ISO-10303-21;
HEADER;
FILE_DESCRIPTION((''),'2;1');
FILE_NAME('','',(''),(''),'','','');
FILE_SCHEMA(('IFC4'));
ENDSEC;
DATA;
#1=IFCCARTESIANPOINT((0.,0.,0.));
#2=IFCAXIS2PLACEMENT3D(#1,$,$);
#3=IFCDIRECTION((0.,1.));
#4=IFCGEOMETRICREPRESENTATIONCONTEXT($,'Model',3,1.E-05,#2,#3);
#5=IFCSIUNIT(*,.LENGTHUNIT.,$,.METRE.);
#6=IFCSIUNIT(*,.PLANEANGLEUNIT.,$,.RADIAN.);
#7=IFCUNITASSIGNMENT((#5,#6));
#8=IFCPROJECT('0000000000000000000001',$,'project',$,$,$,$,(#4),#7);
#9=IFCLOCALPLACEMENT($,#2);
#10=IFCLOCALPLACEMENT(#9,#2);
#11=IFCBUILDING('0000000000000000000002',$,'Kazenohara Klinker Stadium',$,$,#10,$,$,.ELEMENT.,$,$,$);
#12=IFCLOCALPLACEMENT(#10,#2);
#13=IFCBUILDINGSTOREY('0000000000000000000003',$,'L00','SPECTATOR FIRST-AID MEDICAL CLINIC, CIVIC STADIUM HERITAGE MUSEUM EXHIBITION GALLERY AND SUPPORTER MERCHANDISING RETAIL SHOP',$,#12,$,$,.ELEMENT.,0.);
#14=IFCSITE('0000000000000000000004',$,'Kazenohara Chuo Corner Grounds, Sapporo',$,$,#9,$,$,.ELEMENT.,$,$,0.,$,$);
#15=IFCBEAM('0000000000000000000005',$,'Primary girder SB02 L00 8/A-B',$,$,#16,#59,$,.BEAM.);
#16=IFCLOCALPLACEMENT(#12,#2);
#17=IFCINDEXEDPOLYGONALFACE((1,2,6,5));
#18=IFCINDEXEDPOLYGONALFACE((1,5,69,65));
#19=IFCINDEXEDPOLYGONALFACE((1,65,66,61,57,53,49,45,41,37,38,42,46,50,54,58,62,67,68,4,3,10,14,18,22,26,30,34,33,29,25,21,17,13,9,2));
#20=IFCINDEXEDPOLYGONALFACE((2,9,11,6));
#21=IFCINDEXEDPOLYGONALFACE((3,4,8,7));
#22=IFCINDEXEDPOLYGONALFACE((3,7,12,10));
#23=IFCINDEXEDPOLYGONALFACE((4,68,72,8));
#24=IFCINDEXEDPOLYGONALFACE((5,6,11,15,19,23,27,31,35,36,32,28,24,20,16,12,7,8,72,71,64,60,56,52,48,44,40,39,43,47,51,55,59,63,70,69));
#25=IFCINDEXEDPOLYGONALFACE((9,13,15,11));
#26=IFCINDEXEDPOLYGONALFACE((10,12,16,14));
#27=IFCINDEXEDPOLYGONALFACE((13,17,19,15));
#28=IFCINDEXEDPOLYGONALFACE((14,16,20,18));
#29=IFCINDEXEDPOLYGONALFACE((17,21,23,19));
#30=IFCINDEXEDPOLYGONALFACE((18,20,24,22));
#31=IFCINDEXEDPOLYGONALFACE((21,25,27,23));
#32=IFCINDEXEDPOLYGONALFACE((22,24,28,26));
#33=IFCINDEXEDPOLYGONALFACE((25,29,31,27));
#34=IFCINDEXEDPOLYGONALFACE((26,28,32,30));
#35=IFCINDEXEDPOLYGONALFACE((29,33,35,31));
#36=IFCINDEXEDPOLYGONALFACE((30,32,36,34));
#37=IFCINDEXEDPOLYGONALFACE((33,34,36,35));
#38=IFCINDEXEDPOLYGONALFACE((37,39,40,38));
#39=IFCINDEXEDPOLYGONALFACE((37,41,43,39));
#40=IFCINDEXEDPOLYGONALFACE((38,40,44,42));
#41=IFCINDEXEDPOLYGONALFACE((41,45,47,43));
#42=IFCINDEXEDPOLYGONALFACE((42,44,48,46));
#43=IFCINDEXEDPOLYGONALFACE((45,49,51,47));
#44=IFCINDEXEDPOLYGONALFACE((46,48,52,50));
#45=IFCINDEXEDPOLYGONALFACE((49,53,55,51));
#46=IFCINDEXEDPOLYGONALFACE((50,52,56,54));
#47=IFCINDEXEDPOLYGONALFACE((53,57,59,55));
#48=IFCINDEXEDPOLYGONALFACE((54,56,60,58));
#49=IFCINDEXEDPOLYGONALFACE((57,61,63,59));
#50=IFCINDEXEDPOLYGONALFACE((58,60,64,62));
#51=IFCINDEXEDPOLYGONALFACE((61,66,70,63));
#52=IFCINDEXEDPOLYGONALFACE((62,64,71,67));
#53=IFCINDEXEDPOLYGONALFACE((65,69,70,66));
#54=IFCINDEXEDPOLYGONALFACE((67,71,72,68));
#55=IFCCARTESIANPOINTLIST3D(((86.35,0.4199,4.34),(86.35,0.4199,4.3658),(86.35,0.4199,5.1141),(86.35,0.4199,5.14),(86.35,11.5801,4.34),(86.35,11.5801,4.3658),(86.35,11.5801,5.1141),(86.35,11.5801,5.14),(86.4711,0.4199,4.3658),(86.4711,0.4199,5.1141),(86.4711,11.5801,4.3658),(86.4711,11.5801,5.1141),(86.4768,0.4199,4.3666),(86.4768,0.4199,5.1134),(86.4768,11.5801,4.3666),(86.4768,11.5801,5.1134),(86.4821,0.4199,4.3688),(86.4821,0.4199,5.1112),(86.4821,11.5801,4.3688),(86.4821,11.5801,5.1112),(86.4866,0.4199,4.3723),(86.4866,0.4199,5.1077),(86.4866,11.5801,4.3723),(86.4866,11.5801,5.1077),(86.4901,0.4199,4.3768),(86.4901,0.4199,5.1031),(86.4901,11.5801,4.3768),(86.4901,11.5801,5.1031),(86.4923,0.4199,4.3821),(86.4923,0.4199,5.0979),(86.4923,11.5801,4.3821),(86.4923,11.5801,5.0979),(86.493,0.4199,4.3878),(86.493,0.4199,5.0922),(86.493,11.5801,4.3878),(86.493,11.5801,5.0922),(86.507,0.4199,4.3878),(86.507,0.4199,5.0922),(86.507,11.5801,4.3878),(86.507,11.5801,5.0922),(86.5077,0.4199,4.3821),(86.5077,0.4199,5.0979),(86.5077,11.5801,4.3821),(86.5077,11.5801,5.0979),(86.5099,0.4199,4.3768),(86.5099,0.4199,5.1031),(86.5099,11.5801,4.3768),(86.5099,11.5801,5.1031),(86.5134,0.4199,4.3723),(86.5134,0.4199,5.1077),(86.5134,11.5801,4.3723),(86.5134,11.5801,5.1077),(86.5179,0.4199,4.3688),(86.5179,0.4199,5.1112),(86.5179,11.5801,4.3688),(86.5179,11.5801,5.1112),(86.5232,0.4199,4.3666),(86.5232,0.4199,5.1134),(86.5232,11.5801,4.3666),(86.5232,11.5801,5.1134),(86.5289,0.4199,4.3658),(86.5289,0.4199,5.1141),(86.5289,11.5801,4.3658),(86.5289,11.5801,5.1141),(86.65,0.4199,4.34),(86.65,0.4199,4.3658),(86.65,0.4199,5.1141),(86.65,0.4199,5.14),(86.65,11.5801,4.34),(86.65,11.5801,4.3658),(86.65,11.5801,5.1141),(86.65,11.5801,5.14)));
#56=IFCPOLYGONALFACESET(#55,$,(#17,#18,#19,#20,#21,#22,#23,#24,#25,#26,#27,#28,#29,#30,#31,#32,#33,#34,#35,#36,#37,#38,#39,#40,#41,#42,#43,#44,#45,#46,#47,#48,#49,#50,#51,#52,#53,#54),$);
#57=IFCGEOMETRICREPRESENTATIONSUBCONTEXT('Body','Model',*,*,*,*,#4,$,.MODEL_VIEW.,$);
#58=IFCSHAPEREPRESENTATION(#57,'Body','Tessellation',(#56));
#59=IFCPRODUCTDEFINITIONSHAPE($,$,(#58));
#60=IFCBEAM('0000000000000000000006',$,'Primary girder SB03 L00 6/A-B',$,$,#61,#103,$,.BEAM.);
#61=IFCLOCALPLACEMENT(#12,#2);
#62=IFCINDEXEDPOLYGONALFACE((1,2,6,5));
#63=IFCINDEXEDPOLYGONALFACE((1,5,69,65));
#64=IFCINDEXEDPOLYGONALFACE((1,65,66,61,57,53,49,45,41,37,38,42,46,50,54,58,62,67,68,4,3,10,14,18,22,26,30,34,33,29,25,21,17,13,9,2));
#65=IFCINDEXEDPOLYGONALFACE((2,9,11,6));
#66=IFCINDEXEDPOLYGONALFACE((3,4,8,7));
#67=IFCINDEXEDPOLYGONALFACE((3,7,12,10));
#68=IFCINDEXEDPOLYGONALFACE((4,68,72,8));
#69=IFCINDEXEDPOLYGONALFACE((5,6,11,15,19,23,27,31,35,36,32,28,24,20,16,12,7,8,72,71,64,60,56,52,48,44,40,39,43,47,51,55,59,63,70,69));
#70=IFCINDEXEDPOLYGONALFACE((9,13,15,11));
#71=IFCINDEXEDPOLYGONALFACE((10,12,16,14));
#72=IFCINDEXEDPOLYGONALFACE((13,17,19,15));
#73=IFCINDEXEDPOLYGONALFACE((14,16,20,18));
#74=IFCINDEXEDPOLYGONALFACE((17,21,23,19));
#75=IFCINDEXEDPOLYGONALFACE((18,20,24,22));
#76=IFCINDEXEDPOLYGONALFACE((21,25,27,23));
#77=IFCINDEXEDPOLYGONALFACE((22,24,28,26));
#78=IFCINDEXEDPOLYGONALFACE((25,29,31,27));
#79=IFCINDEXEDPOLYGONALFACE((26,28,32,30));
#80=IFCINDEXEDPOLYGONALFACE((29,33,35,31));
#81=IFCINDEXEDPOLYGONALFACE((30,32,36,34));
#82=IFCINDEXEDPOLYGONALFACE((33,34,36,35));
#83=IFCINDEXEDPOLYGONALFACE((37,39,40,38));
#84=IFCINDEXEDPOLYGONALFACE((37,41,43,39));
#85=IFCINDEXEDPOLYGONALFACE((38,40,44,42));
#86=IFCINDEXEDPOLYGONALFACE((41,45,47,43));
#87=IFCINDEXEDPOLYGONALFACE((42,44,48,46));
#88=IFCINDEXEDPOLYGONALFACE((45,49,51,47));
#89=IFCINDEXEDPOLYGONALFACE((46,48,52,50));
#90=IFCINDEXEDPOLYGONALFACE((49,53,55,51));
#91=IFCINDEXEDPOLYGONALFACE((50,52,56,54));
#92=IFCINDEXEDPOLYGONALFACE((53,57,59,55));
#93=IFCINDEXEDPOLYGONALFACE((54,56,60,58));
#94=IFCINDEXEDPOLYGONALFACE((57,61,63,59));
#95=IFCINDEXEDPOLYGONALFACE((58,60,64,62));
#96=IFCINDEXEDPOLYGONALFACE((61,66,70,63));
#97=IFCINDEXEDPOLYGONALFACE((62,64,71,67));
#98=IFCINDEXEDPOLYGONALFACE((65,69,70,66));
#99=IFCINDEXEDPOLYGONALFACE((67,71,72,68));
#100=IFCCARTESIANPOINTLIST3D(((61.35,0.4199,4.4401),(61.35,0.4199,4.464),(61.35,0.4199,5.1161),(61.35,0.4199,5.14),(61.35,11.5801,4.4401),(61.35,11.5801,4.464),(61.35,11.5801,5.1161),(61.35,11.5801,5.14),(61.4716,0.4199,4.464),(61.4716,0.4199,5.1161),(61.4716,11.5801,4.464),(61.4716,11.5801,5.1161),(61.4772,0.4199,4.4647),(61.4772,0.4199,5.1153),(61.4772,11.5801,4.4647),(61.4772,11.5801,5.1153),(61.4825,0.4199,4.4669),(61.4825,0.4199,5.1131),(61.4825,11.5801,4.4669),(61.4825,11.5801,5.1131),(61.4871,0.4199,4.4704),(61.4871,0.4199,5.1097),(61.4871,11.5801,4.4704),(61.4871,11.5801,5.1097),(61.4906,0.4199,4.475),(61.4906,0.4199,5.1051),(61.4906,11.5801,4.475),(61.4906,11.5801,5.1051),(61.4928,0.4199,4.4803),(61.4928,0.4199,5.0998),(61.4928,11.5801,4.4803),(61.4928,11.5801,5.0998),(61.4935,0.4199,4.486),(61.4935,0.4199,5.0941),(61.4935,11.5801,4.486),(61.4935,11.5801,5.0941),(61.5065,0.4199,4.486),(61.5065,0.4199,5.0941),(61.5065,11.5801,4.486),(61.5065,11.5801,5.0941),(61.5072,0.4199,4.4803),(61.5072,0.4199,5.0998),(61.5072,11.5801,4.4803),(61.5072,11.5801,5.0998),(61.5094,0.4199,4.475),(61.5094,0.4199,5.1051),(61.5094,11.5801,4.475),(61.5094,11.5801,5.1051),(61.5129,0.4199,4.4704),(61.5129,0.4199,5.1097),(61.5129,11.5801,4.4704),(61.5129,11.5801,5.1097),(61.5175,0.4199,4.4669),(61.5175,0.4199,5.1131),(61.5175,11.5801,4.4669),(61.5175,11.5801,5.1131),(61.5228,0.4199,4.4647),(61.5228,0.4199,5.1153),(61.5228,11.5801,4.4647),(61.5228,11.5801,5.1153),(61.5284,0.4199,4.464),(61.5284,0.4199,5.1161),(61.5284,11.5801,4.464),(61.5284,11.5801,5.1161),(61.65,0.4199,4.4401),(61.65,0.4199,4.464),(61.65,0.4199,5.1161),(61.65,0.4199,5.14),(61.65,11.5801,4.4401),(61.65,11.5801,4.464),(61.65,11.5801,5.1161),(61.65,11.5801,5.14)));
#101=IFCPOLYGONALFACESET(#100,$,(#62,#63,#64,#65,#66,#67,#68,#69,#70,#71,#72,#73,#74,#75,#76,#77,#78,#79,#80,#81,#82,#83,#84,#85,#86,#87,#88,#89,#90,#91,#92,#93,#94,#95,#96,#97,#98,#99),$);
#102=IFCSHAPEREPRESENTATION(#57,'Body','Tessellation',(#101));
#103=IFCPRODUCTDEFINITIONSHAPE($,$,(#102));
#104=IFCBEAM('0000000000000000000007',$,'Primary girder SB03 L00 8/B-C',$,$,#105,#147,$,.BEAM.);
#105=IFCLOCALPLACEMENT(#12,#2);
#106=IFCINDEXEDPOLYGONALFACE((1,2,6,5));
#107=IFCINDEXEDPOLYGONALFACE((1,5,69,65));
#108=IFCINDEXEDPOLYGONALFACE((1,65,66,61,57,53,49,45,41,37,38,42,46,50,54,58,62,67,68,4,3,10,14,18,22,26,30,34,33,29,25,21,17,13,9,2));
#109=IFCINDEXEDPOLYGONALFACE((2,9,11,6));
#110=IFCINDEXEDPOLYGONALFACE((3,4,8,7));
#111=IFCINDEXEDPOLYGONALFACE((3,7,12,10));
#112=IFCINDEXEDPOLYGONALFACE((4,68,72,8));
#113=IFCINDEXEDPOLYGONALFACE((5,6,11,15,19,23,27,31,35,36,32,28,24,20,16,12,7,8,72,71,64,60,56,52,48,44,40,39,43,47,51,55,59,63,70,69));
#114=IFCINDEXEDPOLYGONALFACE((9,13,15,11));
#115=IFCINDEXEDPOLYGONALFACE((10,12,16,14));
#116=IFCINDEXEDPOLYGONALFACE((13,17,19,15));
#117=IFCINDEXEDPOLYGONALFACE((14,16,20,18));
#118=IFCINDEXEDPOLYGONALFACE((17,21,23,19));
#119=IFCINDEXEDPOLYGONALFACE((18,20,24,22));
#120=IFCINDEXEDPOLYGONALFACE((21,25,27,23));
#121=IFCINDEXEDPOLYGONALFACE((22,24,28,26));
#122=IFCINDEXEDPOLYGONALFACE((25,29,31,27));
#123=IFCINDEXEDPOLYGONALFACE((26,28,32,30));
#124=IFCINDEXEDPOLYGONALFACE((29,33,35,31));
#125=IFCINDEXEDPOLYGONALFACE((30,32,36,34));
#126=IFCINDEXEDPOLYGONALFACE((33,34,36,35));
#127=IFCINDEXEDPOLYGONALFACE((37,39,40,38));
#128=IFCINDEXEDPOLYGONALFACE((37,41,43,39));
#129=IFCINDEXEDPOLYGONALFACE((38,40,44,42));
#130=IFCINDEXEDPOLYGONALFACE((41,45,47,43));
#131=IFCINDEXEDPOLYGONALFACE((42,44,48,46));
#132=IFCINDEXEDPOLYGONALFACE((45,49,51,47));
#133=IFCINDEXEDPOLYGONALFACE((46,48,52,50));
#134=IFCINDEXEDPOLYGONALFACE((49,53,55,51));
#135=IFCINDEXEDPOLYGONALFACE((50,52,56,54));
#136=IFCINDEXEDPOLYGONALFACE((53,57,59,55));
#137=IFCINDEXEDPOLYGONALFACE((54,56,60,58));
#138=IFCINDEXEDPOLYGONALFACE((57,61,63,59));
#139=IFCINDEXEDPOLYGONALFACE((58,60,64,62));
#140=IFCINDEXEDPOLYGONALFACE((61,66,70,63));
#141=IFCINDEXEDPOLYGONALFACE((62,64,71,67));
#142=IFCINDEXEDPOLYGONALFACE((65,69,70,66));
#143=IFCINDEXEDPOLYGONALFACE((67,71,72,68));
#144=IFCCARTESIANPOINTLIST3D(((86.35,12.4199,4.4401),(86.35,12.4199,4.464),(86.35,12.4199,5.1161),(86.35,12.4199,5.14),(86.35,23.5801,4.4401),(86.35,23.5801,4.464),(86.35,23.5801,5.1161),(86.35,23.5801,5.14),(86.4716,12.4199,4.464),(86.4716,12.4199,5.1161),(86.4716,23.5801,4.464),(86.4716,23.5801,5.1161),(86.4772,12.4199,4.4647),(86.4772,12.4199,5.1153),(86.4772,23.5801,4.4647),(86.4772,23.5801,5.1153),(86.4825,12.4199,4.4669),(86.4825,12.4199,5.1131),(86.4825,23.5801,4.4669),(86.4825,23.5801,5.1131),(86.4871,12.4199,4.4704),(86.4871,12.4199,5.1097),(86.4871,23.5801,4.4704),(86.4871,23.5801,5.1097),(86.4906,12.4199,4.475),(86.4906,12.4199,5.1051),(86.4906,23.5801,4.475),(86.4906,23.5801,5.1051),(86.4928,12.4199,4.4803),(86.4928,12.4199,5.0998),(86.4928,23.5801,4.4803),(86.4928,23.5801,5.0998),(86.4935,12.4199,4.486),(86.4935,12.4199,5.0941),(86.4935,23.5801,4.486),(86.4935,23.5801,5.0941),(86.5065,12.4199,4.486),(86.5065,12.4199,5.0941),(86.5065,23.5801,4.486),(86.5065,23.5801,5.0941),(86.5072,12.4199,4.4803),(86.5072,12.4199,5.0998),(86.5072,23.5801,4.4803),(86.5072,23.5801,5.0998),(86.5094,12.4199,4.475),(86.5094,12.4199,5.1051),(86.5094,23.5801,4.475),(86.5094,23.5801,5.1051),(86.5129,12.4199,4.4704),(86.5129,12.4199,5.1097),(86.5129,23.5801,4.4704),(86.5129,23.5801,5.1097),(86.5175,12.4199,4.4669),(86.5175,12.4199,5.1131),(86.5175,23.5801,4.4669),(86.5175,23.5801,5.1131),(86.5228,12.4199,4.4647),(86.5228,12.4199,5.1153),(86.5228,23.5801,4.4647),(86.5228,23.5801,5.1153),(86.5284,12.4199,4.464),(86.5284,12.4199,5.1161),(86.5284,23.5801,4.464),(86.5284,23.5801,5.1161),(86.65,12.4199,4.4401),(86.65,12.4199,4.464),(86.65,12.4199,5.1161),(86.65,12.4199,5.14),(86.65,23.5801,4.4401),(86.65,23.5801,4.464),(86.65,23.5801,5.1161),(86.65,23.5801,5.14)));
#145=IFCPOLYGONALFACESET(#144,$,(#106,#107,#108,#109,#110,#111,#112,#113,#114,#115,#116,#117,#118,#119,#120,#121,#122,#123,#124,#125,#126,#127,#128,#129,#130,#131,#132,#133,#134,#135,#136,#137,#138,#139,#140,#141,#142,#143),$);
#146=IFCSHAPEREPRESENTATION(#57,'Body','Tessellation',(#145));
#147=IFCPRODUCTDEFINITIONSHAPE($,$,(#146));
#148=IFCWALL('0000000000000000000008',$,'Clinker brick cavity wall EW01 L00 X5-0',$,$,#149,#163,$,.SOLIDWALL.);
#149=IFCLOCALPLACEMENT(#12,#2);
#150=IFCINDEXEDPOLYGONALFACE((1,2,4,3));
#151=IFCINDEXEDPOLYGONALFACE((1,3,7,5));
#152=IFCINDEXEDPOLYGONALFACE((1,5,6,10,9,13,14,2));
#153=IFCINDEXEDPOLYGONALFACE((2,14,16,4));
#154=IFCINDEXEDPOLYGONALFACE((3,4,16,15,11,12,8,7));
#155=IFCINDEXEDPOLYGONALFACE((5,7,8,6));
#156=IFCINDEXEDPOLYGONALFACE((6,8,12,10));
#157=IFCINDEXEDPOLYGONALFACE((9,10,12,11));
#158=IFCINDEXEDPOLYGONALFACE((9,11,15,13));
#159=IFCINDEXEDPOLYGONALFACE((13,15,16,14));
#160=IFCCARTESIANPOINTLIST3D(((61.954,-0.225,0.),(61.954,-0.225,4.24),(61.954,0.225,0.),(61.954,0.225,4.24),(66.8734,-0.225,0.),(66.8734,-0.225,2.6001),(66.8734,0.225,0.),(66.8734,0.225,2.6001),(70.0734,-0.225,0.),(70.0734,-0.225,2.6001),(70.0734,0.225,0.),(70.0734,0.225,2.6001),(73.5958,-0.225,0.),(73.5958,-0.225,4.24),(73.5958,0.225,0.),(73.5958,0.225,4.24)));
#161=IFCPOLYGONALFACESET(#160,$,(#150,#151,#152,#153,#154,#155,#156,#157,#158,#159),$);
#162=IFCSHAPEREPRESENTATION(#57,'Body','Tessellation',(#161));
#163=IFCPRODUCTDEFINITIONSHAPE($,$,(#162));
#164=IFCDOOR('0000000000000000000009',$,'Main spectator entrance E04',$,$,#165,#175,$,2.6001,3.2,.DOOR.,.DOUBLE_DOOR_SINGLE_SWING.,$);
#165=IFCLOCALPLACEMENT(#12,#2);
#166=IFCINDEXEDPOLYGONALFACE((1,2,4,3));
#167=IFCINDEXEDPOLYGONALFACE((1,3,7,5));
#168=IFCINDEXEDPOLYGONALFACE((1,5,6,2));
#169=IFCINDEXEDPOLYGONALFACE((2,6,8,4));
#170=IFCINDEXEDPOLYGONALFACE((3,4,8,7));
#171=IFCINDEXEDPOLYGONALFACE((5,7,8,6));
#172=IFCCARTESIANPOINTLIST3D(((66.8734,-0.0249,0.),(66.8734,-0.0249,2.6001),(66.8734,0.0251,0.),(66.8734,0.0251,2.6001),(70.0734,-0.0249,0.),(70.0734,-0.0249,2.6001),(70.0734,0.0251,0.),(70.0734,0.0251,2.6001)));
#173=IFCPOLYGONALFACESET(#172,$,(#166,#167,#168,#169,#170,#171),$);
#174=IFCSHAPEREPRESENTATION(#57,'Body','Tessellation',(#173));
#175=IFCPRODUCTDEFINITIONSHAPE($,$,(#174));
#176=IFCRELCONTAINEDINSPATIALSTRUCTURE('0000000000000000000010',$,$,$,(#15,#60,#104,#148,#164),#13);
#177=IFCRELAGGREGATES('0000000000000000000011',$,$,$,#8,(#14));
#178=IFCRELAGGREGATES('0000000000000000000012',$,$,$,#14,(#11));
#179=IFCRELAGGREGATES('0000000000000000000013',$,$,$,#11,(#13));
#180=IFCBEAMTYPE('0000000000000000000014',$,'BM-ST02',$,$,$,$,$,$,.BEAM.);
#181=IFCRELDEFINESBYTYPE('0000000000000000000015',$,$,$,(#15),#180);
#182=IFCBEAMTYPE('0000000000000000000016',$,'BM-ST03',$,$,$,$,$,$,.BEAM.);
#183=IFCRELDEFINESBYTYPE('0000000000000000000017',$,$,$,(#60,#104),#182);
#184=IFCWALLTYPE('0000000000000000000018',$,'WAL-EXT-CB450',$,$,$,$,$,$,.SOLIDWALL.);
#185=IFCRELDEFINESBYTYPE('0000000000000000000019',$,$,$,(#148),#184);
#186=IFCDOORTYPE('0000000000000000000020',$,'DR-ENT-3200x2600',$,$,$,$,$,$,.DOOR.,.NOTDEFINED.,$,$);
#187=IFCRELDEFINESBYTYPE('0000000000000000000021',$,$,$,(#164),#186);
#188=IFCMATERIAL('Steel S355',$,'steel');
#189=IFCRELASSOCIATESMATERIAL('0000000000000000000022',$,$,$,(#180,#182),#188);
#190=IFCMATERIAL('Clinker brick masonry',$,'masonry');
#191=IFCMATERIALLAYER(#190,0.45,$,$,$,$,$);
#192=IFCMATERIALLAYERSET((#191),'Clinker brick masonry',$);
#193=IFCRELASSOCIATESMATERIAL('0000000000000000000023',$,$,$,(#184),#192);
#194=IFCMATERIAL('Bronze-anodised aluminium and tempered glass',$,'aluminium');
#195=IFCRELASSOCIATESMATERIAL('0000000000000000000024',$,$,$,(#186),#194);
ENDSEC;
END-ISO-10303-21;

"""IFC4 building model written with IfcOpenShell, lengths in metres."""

from ifc_helpers import new_model, si_unit, direction, frame, frame_2d, origin, origin_2d, place, context, subcontext, project, spatial, rectangle, i_section, extrude, material, layer, layer_set, material_profile, profile_set, type_object, element, fill, save


model = new_model("IFC4")

# Units and contexts
model_context = context("Model", 3, precision=1e-05, world=origin(), true_north=direction((0.0, 1.0)))
body_context = subcontext(model_context, "Body", "Model", "MODEL_VIEW")
ifc_project = project(units=[si_unit("LENGTHUNIT", "METRE"), si_unit("PLANEANGLEUNIT", "RADIAN")], contexts=[model_context])

# Site, building, storey
site_placement = place(None, origin())
site = spatial("IfcSite", under=ifc_project, at=site_placement, Name="Kazenohara Chuo Corner Grounds, Sapporo", CompositionType="ELEMENT", RefElevation=0.0)
building_placement = place(site_placement, origin())
building = spatial("IfcBuilding", under=site, at=building_placement, Name="Kazenohara Klinker Stadium", CompositionType="ELEMENT")
storey_placement = place(building_placement, origin())
storey = spatial("IfcBuildingStorey", under=building, at=storey_placement, Name="L00", Description="SPECTATOR FIRST-AID MEDICAL CLINIC, CIVIC STADIUM HERITAGE MUSEUM EXHIBITION GALLERY AND SUPPORTER MERCHANDISING RETAIL SHOP", CompositionType="ELEMENT", Elevation=0.0)

# Beams
ifc_material_1 = material(Name="Steel S355", Category="steel")
ifc_material_profile_1 = material_profile(ifc_material_1, i_section(OverallWidth=0.3, OverallDepth=0.8, WebThickness=0.0139, FlangeThickness=0.0259, FilletRadius=0.022, at=origin_2d()), Name="H-800x300x14x26")
ifc_profile_set_1 = profile_set([ifc_material_profile_1], Name="Steel S355")
beam_type_1 = type_object("IfcBeamType", Name="BM-ST02", PredefinedType="BEAM", material=ifc_profile_set_1)
for number, where, z_axis, x_axis, name in (
    (1, (86.5, 0.4199, 4.74), (0.0, 1.0, 0.0), (-1.0, 0.0, 0.0), "Primary girder SB02 L00 8/A-B"),
):
    element("IfcBeam", number, at=place(storey_placement, frame(where, z_axis=z_axis, x_axis=x_axis)), inside=storey, type_object=beam_type_1, Name=name, PredefinedType="BEAM", context=body_context, shape_type="SweptSolid", body=[
        extrude(i_section(OverallWidth=0.3, OverallDepth=0.8, WebThickness=0.0139, FlangeThickness=0.0259, FilletRadius=0.022, at=origin_2d()), origin(), (0.0, 0.0, 1.0), 11.1602),
    ])
ifc_material_profile_2 = material_profile(ifc_material_1, i_section(OverallWidth=0.3, OverallDepth=0.7, WebThickness=0.0129, FlangeThickness=0.0239, FilletRadius=0.022, at=origin_2d()), Name="H-700x300x13x24")
ifc_profile_set_2 = profile_set([ifc_material_profile_2], Name="Steel S355")
beam_type_2 = type_object("IfcBeamType", Name="BM-ST03", PredefinedType="BEAM", material=ifc_profile_set_2)
for number, where, z_axis, x_axis, name in (
    (2, (61.5, 0.4199, 4.79), (0.0, 1.0, 0.0), (-1.0, 0.0, 0.0), "Primary girder SB03 L00 6/A-B"),
    (3, (86.5, 12.4199, 4.79), (0.0, 1.0, 0.0), (-1.0, 0.0, 0.0), "Primary girder SB03 L00 8/B-C"),
):
    element("IfcBeam", number, at=place(storey_placement, frame(where, z_axis=z_axis, x_axis=x_axis)), inside=storey, type_object=beam_type_2, Name=name, PredefinedType="BEAM", context=body_context, shape_type="SweptSolid", body=[
        extrude(i_section(OverallWidth=0.3, OverallDepth=0.7, WebThickness=0.0129, FlangeThickness=0.0239, FilletRadius=0.022, at=origin_2d()), origin(), (0.0, 0.0, 1.0), 11.1602),
    ])

# Wall, opening, door
ifc_material_2 = material(Name="Clinker brick masonry", Category="masonry")
ifc_layer_1 = layer(ifc_material_2, 0.45)
ifc_layer_set_1 = layer_set([ifc_layer_1], Name="Clinker brick masonry")
wall_type_1 = type_object("IfcWallType", Name="WAL-EXT-CB450", PredefinedType="SOLIDWALL", material=ifc_layer_set_1)
wall_1_placement = place(storey_placement, frame((61.9541, 0.0, 0.0), z_axis=(0.0, 0.0, 1.0), x_axis=(1.0, 0.0, 0.0)))
wall_1 = element("IfcWall", 4, at=wall_1_placement, inside=storey, type_object=wall_type_1, Name="Clinker brick cavity wall EW01 L00 X5-0", PredefinedType="SOLIDWALL", context=body_context, shape_type="SweptSolid", body=[
    extrude(rectangle(XDim=11.6418, YDim=0.45, at=frame_2d((5.8208, 0.0))), origin(), (0.0, 0.0, 1.0), 4.24),
])
opening_1_placement = place(wall_1_placement, frame((8.1194, 0.0, 0.0), z_axis=(0.0, 0.0, 1.0), x_axis=(-1.0, 0.0, 0.0)))
opening_1 = element("IfcOpeningElement", 5, at=opening_1_placement, cuts=wall_1, PredefinedType="OPENING", context=body_context, shape_type="SweptSolid", body=[
    extrude(rectangle(XDim=3.2, YDim=2.6001, at=frame_2d((1.6001, 1.3))), frame((0.0, 0.2349, 0.0), z_axis=(0.0, -1.0, 0.0), x_axis=(1.0, 0.0, 0.0)), (0.0, 0.0, 1.0), 0.47),
])
ifc_material_3 = material(Name="Bronze-anodised aluminium and tempered glass", Category="aluminium")
door_type_1 = type_object("IfcDoorType", Name="DR-ENT-3200x2600", OperationType="NOTDEFINED", PredefinedType="DOOR", material=ifc_material_3)
door_1_placement = place(opening_1_placement, origin())
door_1 = element("IfcDoor", 6, at=door_1_placement, inside=storey, type_object=door_type_1, Name="Main spectator entrance E04", OperationType="DOUBLE_DOOR_SINGLE_SWING", OverallHeight=2.6001, OverallWidth=3.2, PredefinedType="DOOR", context=body_context, shape_type="SweptSolid", body=[
    extrude(rectangle(XDim=3.2, YDim=2.6001, at=frame_2d((1.6001, 1.3))), frame((0.0, 0.0249, 0.0), z_axis=(0.0, -1.0, 0.0), x_axis=(1.0, 0.0, 0.0)), (0.0, 0.0, 1.0), 0.05),
])
fill(opening_1, door_1)

save(model, "model.ifc")
